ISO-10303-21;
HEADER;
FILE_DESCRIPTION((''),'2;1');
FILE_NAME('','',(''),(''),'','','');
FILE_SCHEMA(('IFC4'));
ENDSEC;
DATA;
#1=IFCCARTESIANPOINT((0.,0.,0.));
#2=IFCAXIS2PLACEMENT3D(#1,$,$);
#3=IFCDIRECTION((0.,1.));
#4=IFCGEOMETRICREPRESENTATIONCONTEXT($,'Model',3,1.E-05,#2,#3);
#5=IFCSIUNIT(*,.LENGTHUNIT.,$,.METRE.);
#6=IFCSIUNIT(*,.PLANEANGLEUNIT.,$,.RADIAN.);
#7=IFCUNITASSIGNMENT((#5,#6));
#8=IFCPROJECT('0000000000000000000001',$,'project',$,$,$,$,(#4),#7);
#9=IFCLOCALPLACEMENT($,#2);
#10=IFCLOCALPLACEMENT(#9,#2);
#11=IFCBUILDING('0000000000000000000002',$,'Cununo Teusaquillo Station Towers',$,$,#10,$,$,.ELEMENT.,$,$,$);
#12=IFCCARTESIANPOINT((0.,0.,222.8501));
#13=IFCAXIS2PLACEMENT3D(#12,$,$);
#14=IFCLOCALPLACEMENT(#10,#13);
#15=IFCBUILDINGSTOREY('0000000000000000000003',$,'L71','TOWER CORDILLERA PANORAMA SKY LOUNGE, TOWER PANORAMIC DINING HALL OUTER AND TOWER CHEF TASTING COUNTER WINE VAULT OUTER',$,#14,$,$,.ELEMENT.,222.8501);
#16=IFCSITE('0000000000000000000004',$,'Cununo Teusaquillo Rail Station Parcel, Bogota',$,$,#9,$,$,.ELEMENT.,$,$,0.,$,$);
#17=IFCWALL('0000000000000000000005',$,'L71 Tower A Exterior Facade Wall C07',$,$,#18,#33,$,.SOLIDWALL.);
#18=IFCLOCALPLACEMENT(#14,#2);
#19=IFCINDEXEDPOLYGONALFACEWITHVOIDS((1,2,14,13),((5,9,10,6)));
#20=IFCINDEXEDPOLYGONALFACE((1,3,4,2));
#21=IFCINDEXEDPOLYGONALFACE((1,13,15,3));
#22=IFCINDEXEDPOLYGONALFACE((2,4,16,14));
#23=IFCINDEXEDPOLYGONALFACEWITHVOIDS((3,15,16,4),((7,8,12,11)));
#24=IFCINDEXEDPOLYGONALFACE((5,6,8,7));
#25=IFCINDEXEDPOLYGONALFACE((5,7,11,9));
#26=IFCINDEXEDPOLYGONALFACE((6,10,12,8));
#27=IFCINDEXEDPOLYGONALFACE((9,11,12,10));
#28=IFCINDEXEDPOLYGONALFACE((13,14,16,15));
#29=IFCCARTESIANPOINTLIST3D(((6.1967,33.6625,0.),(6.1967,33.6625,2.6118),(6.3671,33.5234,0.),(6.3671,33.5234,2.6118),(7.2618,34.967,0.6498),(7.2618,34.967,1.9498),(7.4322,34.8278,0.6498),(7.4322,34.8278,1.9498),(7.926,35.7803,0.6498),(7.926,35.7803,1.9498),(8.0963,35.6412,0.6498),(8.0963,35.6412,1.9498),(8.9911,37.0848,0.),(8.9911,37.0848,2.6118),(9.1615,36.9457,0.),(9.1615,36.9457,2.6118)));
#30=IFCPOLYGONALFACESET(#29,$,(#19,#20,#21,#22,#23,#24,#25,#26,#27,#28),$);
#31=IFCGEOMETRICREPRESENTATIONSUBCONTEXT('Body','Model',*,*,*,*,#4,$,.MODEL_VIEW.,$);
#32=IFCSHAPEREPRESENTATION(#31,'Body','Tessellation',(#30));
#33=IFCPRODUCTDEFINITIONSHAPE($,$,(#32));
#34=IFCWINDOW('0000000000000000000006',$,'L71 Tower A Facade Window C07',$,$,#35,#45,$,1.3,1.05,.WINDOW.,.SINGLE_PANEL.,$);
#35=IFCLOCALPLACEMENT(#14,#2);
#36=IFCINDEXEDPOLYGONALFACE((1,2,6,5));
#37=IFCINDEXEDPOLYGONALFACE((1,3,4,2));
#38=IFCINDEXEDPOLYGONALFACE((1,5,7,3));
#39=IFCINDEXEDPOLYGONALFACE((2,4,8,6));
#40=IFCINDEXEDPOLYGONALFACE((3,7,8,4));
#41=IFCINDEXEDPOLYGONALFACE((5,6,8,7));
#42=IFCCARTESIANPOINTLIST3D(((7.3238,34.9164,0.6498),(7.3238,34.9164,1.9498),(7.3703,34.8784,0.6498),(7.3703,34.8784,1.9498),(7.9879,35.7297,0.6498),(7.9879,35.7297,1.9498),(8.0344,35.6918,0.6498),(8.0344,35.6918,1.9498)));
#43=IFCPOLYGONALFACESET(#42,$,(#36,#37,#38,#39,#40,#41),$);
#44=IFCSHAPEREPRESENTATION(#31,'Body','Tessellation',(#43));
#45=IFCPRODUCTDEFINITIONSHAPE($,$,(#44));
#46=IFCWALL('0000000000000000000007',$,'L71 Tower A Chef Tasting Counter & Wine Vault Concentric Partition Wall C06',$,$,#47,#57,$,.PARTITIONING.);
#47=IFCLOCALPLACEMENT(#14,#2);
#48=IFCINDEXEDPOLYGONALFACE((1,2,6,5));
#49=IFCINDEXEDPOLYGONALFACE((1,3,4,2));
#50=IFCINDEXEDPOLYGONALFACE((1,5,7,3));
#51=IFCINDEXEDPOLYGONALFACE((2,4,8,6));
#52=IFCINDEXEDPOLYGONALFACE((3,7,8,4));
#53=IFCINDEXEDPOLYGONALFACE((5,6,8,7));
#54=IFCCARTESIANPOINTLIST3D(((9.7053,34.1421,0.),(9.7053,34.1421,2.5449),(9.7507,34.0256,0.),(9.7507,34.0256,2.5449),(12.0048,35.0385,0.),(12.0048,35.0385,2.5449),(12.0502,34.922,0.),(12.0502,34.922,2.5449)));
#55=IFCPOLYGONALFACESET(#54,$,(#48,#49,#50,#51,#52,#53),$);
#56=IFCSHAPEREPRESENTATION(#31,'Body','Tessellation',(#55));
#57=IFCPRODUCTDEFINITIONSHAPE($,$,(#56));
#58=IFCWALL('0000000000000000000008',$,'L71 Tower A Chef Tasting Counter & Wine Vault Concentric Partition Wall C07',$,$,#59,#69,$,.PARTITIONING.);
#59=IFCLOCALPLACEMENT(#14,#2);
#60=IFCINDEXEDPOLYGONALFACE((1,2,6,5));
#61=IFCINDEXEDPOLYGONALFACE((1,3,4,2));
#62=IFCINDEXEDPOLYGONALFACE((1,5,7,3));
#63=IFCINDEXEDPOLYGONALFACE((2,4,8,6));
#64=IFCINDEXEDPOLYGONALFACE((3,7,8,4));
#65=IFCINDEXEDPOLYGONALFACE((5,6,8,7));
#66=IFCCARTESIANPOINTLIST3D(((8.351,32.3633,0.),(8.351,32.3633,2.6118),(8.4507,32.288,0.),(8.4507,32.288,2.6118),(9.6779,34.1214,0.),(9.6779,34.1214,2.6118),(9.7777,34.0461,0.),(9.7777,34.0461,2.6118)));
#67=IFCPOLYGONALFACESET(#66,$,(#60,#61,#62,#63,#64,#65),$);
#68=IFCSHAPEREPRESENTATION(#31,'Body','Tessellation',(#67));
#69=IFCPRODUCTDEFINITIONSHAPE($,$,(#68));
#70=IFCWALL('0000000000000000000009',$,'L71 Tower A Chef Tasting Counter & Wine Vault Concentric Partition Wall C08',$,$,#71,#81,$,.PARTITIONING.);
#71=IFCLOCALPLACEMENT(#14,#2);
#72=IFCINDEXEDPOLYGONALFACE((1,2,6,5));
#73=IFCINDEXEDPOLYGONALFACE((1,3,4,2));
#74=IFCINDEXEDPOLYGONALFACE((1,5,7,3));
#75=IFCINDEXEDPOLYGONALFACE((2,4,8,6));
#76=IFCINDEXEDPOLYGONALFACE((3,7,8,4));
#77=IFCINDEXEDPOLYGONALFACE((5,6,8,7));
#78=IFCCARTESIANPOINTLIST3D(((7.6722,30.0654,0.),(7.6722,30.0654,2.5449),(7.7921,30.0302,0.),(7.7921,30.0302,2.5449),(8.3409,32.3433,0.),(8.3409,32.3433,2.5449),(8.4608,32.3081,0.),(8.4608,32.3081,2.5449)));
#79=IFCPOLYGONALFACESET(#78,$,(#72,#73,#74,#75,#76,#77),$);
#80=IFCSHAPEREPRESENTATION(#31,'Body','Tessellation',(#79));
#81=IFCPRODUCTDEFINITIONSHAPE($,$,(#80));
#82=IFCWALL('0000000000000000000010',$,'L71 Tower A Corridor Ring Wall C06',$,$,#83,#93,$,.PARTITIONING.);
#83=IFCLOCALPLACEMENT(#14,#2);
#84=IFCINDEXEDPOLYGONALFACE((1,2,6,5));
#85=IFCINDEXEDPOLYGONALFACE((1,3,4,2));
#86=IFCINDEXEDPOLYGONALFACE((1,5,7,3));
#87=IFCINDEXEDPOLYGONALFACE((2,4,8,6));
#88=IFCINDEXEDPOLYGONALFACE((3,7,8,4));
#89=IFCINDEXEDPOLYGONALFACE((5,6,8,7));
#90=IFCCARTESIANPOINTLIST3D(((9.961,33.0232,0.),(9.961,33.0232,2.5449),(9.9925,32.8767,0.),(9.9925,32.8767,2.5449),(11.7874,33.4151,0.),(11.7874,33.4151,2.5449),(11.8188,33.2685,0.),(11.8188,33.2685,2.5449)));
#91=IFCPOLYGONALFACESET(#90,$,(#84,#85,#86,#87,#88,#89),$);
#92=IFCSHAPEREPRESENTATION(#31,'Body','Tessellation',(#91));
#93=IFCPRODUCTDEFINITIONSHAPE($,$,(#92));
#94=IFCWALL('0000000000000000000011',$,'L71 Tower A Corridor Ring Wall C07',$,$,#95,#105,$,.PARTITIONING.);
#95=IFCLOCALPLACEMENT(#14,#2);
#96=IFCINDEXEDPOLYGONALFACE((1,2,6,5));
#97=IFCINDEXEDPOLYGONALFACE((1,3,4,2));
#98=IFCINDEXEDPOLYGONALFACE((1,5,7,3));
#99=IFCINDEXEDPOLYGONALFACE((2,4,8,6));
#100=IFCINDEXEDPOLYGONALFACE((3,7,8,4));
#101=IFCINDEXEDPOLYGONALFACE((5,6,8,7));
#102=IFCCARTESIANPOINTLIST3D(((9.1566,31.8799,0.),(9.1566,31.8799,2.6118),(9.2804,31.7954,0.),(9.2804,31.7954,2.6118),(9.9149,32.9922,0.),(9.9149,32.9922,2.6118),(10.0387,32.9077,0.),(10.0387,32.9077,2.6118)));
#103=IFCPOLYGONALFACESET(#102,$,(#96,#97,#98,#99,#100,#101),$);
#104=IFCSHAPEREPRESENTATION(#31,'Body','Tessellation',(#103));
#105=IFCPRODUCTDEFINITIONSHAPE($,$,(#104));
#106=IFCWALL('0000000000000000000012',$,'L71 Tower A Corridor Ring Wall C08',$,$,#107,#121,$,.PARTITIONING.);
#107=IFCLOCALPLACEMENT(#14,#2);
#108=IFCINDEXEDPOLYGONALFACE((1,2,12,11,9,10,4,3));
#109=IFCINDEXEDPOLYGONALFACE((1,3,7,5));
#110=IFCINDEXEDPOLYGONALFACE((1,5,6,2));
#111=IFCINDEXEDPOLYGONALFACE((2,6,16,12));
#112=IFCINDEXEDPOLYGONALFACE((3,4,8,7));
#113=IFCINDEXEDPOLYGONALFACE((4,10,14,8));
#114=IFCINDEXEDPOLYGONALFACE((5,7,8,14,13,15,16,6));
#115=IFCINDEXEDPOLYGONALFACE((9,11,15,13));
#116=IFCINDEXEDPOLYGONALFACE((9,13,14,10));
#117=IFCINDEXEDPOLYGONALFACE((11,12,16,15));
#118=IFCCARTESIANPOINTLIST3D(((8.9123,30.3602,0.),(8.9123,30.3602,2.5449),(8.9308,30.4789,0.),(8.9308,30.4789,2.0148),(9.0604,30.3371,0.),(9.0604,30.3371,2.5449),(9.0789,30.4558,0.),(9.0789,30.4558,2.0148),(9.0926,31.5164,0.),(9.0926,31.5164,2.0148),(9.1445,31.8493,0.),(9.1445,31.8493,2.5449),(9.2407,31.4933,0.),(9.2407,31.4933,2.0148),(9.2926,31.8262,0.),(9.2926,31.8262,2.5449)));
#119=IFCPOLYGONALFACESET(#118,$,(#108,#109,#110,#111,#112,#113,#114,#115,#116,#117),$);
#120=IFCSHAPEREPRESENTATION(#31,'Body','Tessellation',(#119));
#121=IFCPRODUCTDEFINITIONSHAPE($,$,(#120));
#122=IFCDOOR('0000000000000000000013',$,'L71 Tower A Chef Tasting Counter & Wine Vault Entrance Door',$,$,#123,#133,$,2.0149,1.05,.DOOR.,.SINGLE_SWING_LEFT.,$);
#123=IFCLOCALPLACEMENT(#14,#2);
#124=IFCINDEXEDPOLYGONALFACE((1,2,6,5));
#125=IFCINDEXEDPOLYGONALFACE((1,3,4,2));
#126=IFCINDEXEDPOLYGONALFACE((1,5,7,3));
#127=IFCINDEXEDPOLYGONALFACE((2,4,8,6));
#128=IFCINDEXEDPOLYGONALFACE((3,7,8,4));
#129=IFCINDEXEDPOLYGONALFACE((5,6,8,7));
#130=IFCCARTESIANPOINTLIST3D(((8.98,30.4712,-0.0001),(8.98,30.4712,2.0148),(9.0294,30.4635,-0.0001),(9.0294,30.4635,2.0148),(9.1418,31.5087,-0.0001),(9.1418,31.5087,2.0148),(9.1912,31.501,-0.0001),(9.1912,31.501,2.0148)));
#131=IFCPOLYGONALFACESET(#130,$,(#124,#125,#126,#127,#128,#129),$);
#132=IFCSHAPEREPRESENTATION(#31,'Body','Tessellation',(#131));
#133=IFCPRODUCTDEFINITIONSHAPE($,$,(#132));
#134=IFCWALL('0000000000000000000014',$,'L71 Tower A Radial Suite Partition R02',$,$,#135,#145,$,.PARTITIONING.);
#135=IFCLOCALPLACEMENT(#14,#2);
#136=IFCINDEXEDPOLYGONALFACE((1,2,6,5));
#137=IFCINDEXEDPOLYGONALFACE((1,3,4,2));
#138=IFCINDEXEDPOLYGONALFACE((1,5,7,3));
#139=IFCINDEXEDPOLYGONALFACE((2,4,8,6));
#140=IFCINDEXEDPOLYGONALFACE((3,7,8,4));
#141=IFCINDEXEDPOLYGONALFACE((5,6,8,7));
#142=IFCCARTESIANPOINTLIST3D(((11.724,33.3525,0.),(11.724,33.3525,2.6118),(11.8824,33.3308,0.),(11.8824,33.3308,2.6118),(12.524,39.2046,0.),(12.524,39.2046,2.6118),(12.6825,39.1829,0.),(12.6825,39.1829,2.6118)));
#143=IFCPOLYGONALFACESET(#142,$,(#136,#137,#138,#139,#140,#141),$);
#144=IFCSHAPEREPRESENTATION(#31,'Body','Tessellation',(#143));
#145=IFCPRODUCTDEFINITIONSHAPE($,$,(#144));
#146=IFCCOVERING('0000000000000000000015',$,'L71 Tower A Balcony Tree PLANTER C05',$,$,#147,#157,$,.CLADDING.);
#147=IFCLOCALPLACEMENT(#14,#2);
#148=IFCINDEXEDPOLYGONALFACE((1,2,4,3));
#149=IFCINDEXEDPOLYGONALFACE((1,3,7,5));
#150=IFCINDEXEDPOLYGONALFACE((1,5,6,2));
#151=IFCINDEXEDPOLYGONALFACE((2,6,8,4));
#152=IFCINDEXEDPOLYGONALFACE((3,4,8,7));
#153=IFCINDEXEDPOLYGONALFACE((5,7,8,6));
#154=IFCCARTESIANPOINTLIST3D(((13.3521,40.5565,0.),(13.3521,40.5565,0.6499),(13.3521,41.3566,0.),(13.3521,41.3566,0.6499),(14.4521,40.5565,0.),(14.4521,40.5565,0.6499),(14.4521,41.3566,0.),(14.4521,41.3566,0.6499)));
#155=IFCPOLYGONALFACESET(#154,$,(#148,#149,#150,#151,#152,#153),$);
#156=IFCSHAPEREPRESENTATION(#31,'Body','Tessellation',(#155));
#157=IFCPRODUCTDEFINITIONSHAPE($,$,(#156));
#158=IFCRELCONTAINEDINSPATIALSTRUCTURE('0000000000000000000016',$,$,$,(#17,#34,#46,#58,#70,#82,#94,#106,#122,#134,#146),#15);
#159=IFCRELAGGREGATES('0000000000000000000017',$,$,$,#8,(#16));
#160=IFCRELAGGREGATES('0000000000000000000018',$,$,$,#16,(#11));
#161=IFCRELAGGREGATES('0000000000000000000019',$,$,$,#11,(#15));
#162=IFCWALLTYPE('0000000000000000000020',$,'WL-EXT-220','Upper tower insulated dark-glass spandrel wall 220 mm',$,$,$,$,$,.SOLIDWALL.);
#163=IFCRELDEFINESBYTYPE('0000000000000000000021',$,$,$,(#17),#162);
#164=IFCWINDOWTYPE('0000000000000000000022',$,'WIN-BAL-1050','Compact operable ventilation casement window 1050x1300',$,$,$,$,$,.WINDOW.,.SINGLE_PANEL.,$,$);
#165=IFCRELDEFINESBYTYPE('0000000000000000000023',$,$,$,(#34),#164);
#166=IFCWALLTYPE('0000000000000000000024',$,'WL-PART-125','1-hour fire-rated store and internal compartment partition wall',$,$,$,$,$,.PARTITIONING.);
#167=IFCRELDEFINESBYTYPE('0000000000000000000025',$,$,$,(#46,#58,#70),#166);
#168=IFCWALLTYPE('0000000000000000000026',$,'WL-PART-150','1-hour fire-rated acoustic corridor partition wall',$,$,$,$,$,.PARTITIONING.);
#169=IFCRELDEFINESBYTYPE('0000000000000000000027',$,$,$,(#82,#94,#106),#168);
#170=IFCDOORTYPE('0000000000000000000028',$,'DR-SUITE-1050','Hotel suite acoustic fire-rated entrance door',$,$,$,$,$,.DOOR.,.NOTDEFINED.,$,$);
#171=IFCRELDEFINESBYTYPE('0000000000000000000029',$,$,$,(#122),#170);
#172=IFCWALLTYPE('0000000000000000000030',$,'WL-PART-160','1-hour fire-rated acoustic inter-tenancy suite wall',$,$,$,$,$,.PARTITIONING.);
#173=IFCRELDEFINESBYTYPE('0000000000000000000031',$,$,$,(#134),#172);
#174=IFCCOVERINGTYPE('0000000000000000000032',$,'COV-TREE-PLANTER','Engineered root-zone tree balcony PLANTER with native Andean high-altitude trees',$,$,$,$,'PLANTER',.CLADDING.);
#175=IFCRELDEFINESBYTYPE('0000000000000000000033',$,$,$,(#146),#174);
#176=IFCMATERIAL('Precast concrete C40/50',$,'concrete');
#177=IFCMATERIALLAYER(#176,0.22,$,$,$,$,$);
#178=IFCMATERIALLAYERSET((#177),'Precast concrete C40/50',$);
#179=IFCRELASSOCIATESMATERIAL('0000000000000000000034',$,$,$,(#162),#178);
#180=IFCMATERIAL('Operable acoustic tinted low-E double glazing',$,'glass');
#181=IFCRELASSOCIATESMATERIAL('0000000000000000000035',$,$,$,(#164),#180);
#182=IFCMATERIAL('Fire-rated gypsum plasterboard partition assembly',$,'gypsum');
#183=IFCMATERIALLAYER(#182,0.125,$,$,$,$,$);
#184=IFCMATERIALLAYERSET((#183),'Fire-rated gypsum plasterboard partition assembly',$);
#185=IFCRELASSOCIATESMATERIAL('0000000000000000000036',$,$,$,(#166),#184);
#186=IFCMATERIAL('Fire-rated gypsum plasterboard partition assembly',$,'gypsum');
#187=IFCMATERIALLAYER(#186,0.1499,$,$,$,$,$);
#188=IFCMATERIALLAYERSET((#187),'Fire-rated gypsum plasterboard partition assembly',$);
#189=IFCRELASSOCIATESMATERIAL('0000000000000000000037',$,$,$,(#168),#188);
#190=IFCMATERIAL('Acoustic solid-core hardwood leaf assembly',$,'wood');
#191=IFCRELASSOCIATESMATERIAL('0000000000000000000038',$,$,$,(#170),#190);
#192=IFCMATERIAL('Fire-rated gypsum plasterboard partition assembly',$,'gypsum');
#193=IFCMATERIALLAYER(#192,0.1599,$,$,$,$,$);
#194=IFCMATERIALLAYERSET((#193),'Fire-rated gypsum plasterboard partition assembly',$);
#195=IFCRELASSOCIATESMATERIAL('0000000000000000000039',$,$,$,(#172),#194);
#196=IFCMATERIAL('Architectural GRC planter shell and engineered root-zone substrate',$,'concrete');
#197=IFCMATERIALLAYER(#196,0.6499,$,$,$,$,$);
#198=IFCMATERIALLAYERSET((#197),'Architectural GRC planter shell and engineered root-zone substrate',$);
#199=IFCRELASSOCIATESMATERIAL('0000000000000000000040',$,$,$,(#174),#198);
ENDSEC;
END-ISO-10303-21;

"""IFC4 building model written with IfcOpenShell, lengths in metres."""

from ifc_helpers import new_model, si_unit, direction, frame, frame_2d, origin, origin_2d, place, context, subcontext, project, spatial, rectangle, extrude, source, transform, mapped, material, layer, layer_set, type_object, element, fill, save


model = new_model("IFC4")

# Units and contexts
model_context = context("Model", 3, precision=1e-05, world=origin(), true_north=direction((0.0, 1.0)))
body_context = subcontext(model_context, "Body", "Model", "MODEL_VIEW")
ifc_project = project(units=[si_unit("LENGTHUNIT", "METRE"), si_unit("PLANEANGLEUNIT", "RADIAN")], contexts=[model_context])

# Site, building, storey
site_placement = place(None, origin())
site = spatial("IfcSite", under=ifc_project, at=site_placement, Name="Cununo Teusaquillo Rail Station Parcel, Bogota", CompositionType="ELEMENT", RefElevation=0.0)
building_placement = place(site_placement, origin())
building = spatial("IfcBuilding", under=site, at=building_placement, Name="Cununo Teusaquillo Station Towers", CompositionType="ELEMENT")
storey_placement = place(building_placement, frame((0.0, 0.0, 222.8501)))
storey = spatial("IfcBuildingStorey", under=building, at=storey_placement, Name="L71", Description="TOWER CORDILLERA PANORAMA SKY LOUNGE, TOWER PANORAMIC DINING HALL OUTER AND TOWER CHEF TASTING COUNTER WINE VAULT OUTER", CompositionType="ELEMENT", Elevation=222.8501)

# Shared definitions
ifc_material_1 = material(Name="Precast concrete C40/50", Category="concrete")
ifc_layer_1 = layer(ifc_material_1, 0.22)
ifc_layer_set_1 = layer_set([ifc_layer_1], Name="Precast concrete C40/50")
wall_type_1 = type_object("IfcWallType", Name="WL-EXT-220", Description="Upper tower insulated dark-glass spandrel wall 220 mm", PredefinedType="SOLIDWALL", material=ifc_layer_set_1)

# Wall, opening, window
wall_1_placement = place(storey_placement, frame((6.282, 33.593, 0.0), z_axis=(0.0, 0.0, 1.0), x_axis=(0.632467, 0.774587, 0.0)))
wall_1 = element("IfcWall", 1, at=wall_1_placement, inside=storey, type_object=wall_type_1, Name="L71 Tower A Exterior Facade Wall C07", PredefinedType="SOLIDWALL", context=body_context, shape_type="SweptSolid", body=[
    extrude(rectangle(XDim=4.4182, YDim=0.22, at=frame_2d((2.209, 0.0))), origin(), (0.0, 0.0, 1.0), 2.6118),
])
shared_shape_1 = source(origin(), body_context, "Body", "SweptSolid", [
    extrude(rectangle(XDim=1.05, YDim=1.3, at=frame_2d((0.5249, 0.6499))), frame((0.0, 0.1199, 0.0), z_axis=(0.0, -1.0, 0.0), x_axis=(1.0, 0.0, 0.0)), (0.0, 0.0, 1.0), 0.24),
])
opening_1_placement = place(wall_1_placement, frame((1.6841, 0.0, 0.6499)))
opening_1 = element("IfcOpeningElement", 2, at=opening_1_placement, cuts=wall_1, PredefinedType="OPENING", context=body_context, shape_type="MappedRepresentation", body=[
    mapped(shared_shape_1, transform((0.0, 0.0, 0.0), x_axis=(1.0, 0.0, 0.0), y_axis=(0.0, 1.0, 0.0), z_axis=(0.0, 0.0, 1.0), scale=1.0)),
])
ifc_material_2 = material(Name="Operable acoustic tinted low-E double glazing", Category="glass")
window_type = type_object("IfcWindowType", Name="WIN-BAL-1050", Description="Compact operable ventilation casement window 1050x1300", PartitioningType="SINGLE_PANEL", PredefinedType="WINDOW", material=ifc_material_2)
shared_shape_2 = source(origin(), body_context, "Body", "SweptSolid", [
    extrude(rectangle(XDim=1.05, YDim=1.3, at=frame_2d((0.5249, 0.6499))), frame((0.0, 0.03, 0.0), z_axis=(0.0, -1.0, 0.0), x_axis=(1.0, 0.0, 0.0)), (0.0, 0.0, 1.0), 0.0601),
])
window_placement = place(opening_1_placement, origin())
window = element("IfcWindow", 3, at=window_placement, inside=storey, type_object=window_type, Name="L71 Tower A Facade Window C07", OverallHeight=1.3, OverallWidth=1.05, PartitioningType="SINGLE_PANEL", PredefinedType="WINDOW", context=body_context, shape_type="MappedRepresentation", body=[
    mapped(shared_shape_2, transform((0.0, 0.0, 0.0), x_axis=(1.0, 0.0, 0.0), y_axis=(0.0, 1.0, 0.0), z_axis=(0.0, 0.0, 1.0), scale=1.0)),
])
fill(opening_1, window)

# Walls
ifc_material_3 = material(Name="Fire-rated gypsum plasterboard partition assembly", Category="gypsum")
ifc_layer_2 = layer(ifc_material_3, 0.125)
ifc_layer_set_2 = layer_set([ifc_layer_2], Name="Fire-rated gypsum plasterboard partition assembly")
wall_type_2 = type_object("IfcWallType", Name="WL-PART-125", Description="1-hour fire-rated store and internal compartment partition wall", PredefinedType="PARTITIONING", material=ifc_layer_set_2)
wall_2_placement = place(storey_placement, frame((12.0273, 34.9802, 0.0), z_axis=(0.0, 0.0, 1.0), x_axis=(-0.931702, -0.363224, 0.0)))
element("IfcWall", 4, at=wall_2_placement, inside=storey, type_object=wall_type_2, Name="L71 Tower A Chef Tasting Counter & Wine Vault Concentric Partition Wall C06", PredefinedType="PARTITIONING", context=body_context, shape_type="SweptSolid", body=[
    extrude(rectangle(XDim=2.468, YDim=0.125, at=frame_2d((1.2339, 0.0))), origin(), (0.0, 0.0, 1.0), 2.5449),
])
wall_3_placement = place(storey_placement, frame((9.7278, 34.0837, 0.0), z_axis=(0.0, 0.0, 1.0), x_axis=(-0.602427, -0.798174, 0.0)))
element("IfcWall", 5, at=wall_3_placement, inside=storey, type_object=wall_type_2, Name="L71 Tower A Chef Tasting Counter & Wine Vault Concentric Partition Wall C07", PredefinedType="PARTITIONING", context=body_context, shape_type="SweptSolid", body=[
    extrude(rectangle(XDim=2.2026, YDim=0.125, at=frame_2d((1.1013, 0.0))), origin(), (0.0, 0.0, 1.0), 2.6118),
])
wall_4_placement = place(storey_placement, frame((8.4009, 32.3257, 0.0), z_axis=(0.0, 0.0, 1.0), x_axis=(-0.281682, -0.959508, 0.0)))
element("IfcWall", 6, at=wall_4_placement, inside=storey, type_object=wall_type_2, Name="L71 Tower A Chef Tasting Counter & Wine Vault Concentric Partition Wall C08", PredefinedType="PARTITIONING", context=body_context, shape_type="SweptSolid", body=[
    extrude(rectangle(XDim=2.374, YDim=0.125, at=frame_2d((1.187, 0.0))), origin(), (0.0, 0.0, 1.0), 2.5449),
])
ifc_material_4 = material(Name="Fire-rated gypsum plasterboard partition assembly", Category="gypsum")
ifc_layer_3 = layer(ifc_material_4, 0.1499)
ifc_layer_set_3 = layer_set([ifc_layer_3], Name="Fire-rated gypsum plasterboard partition assembly")
wall_type_3 = type_object("IfcWallType", Name="WL-PART-150", Description="1-hour fire-rated acoustic corridor partition wall", PredefinedType="PARTITIONING", material=ifc_layer_set_3)
wall_5_placement = place(storey_placement, frame((11.8032, 33.3418, 0.0), z_axis=(0.0, 0.0, 1.0), x_axis=(-0.977751, -0.20977, 0.0)))
element("IfcWall", 7, at=wall_5_placement, inside=storey, type_object=wall_type_3, Name="L71 Tower A Corridor Ring Wall C06", PredefinedType="PARTITIONING", context=body_context, shape_type="SweptSolid", body=[
    extrude(rectangle(XDim=1.8679, YDim=0.1499, at=frame_2d((0.9341, 0.0))), origin(), (0.0, 0.0, 1.0), 2.5449),
])
wall_6_placement = place(storey_placement, frame((9.9768, 32.95, 0.0), z_axis=(0.0, 0.0, 1.0), x_axis=(-0.563292, -0.826258, 0.0)))
element("IfcWall", 8, at=wall_6_placement, inside=storey, type_object=wall_type_3, Name="L71 Tower A Corridor Ring Wall C07", PredefinedType="PARTITIONING", context=body_context, shape_type="SweptSolid", body=[
    extrude(rectangle(XDim=1.3462, YDim=0.1499, at=frame_2d((0.6731, 0.0))), origin(), (0.0, 0.0, 1.0), 2.6118),
])

# Wall, opening, door
wall_7_placement = place(storey_placement, frame((9.2185, 31.8376, 0.0), z_axis=(0.0, 0.0, 1.0), x_axis=(-0.154066, -0.988061, 0.0)))
wall_7 = element("IfcWall", 9, at=wall_7_placement, inside=storey, type_object=wall_type_3, Name="L71 Tower A Corridor Ring Wall C08", PredefinedType="PARTITIONING", context=body_context, shape_type="SweptSolid", body=[
    extrude(rectangle(XDim=1.5071, YDim=0.1499, at=frame_2d((0.7534, 0.0))), origin(), (0.0, 0.0, 1.0), 2.5449),
])
shared_shape_3 = source(origin(), body_context, "Body", "SweptSolid", [
    extrude(rectangle(XDim=1.05, YDim=2.0149, at=frame_2d((0.5249, 1.0073))), frame((0.0, 0.085, 0.0), z_axis=(0.0, -1.0, 0.0), x_axis=(1.0, 0.0, 0.0)), (0.0, 0.0, 1.0), 0.1699),
])
opening_2_placement = place(wall_7_placement, frame((0.3369, 0.0, 0.0)))
opening_2 = element("IfcOpeningElement", 10, at=opening_2_placement, cuts=wall_7, PredefinedType="OPENING", context=body_context, shape_type="MappedRepresentation", body=[
    mapped(shared_shape_3, transform((0.0, 0.0, 0.0), x_axis=(1.0, 0.0, 0.0), y_axis=(0.0, 1.0, 0.0), z_axis=(0.0, 0.0, 1.0), scale=1.0)),
])
ifc_material_5 = material(Name="Acoustic solid-core hardwood leaf assembly", Category="wood")
door_type_1 = type_object("IfcDoorType", Name="DR-SUITE-1050", Description="Hotel suite acoustic fire-rated entrance door", OperationType="NOTDEFINED", PredefinedType="DOOR", material=ifc_material_5)
shared_shape_4 = source(origin(), body_context, "Body", "SweptSolid", [
    extrude(rectangle(XDim=1.05, YDim=2.0149, at=frame_2d((0.5249, 1.0073))), frame((0.0, 0.0249, 0.0), z_axis=(0.0, -1.0, 0.0), x_axis=(1.0, 0.0, 0.0)), (0.0, 0.0, 1.0), 0.05),
])
door_1_placement = place(opening_2_placement, origin())
door_1 = element("IfcDoor", 11, at=door_1_placement, inside=storey, type_object=door_type_1, Name="L71 Tower A Chef Tasting Counter & Wine Vault Entrance Door", OperationType="SINGLE_SWING_LEFT", OverallHeight=2.0149, OverallWidth=1.05, PredefinedType="DOOR", context=body_context, shape_type="MappedRepresentation", body=[
    mapped(shared_shape_4, transform((0.0, 0.0, 0.0), x_axis=(1.0, 0.0, 0.0), y_axis=(0.0, 1.0, 0.0), z_axis=(0.0, 0.0, 1.0), scale=1.0)),
])
fill(opening_2, door_1)

# Wall
ifc_material_6 = material(Name="Fire-rated gypsum plasterboard partition assembly", Category="gypsum")
ifc_layer_4 = layer(ifc_material_6, 0.1599)
ifc_layer_set_4 = layer_set([ifc_layer_4], Name="Fire-rated gypsum plasterboard partition assembly")
wall_type_4 = type_object("IfcWallType", Name="WL-PART-160", Description="1-hour fire-rated acoustic inter-tenancy suite wall", PredefinedType="PARTITIONING", material=ifc_layer_set_4)
wall_8_placement = place(storey_placement, frame((11.8032, 33.3418, 0.0), z_axis=(0.0, 0.0, 1.0), x_axis=(0.135453, 0.990784, 0.0)))
element("IfcWall", 12, at=wall_8_placement, inside=storey, type_object=wall_type_4, Name="L71 Tower A Radial Suite Partition R02", PredefinedType="PARTITIONING", context=body_context, shape_type="SweptSolid", body=[
    extrude(rectangle(XDim=5.9065, YDim=0.1599, at=frame_2d((2.9531, 0.0))), origin(), (0.0, 0.0, 1.0), 2.6118),
])

# Covering
ifc_material_7 = material(Name="Architectural GRC planter shell and engineered root-zone substrate", Category="concrete")
ifc_layer_5 = layer(ifc_material_7, 0.6499)
ifc_layer_set_5 = layer_set([ifc_layer_5], Name="Architectural GRC planter shell and engineered root-zone substrate")
covering_type = type_object("IfcCoveringType", Name="COV-TREE-PLANTER", Description="Engineered root-zone tree balcony PLANTER with native Andean high-altitude trees", ElementType="PLANTER", PredefinedType="CLADDING", material=ifc_layer_set_5)
shared_shape_5 = source(origin(), body_context, "Body", "SweptSolid", [
    extrude(rectangle(XDim=1.1001, YDim=0.8, at=origin_2d()), origin(), (0.0, 0.0, 1.0), 0.6499),
])
covering_placement = place(storey_placement, frame((13.9021, 40.9565, 0.0), z_axis=(0.0, 0.0, 1.0), x_axis=(1.0, 0.0, 0.0)))
element("IfcCovering", 13, at=covering_placement, inside=storey, type_object=covering_type, Name="L71 Tower A Balcony Tree PLANTER C05", PredefinedType="CLADDING", context=body_context, shape_type="MappedRepresentation", body=[
    mapped(shared_shape_5, transform((0.0, 0.0, 0.0), x_axis=(1.0, 0.0, 0.0), y_axis=(0.0, 1.0, 0.0), z_axis=(0.0, 0.0, 1.0), scale=1.0)),
])

save(model, "model.ifc")
